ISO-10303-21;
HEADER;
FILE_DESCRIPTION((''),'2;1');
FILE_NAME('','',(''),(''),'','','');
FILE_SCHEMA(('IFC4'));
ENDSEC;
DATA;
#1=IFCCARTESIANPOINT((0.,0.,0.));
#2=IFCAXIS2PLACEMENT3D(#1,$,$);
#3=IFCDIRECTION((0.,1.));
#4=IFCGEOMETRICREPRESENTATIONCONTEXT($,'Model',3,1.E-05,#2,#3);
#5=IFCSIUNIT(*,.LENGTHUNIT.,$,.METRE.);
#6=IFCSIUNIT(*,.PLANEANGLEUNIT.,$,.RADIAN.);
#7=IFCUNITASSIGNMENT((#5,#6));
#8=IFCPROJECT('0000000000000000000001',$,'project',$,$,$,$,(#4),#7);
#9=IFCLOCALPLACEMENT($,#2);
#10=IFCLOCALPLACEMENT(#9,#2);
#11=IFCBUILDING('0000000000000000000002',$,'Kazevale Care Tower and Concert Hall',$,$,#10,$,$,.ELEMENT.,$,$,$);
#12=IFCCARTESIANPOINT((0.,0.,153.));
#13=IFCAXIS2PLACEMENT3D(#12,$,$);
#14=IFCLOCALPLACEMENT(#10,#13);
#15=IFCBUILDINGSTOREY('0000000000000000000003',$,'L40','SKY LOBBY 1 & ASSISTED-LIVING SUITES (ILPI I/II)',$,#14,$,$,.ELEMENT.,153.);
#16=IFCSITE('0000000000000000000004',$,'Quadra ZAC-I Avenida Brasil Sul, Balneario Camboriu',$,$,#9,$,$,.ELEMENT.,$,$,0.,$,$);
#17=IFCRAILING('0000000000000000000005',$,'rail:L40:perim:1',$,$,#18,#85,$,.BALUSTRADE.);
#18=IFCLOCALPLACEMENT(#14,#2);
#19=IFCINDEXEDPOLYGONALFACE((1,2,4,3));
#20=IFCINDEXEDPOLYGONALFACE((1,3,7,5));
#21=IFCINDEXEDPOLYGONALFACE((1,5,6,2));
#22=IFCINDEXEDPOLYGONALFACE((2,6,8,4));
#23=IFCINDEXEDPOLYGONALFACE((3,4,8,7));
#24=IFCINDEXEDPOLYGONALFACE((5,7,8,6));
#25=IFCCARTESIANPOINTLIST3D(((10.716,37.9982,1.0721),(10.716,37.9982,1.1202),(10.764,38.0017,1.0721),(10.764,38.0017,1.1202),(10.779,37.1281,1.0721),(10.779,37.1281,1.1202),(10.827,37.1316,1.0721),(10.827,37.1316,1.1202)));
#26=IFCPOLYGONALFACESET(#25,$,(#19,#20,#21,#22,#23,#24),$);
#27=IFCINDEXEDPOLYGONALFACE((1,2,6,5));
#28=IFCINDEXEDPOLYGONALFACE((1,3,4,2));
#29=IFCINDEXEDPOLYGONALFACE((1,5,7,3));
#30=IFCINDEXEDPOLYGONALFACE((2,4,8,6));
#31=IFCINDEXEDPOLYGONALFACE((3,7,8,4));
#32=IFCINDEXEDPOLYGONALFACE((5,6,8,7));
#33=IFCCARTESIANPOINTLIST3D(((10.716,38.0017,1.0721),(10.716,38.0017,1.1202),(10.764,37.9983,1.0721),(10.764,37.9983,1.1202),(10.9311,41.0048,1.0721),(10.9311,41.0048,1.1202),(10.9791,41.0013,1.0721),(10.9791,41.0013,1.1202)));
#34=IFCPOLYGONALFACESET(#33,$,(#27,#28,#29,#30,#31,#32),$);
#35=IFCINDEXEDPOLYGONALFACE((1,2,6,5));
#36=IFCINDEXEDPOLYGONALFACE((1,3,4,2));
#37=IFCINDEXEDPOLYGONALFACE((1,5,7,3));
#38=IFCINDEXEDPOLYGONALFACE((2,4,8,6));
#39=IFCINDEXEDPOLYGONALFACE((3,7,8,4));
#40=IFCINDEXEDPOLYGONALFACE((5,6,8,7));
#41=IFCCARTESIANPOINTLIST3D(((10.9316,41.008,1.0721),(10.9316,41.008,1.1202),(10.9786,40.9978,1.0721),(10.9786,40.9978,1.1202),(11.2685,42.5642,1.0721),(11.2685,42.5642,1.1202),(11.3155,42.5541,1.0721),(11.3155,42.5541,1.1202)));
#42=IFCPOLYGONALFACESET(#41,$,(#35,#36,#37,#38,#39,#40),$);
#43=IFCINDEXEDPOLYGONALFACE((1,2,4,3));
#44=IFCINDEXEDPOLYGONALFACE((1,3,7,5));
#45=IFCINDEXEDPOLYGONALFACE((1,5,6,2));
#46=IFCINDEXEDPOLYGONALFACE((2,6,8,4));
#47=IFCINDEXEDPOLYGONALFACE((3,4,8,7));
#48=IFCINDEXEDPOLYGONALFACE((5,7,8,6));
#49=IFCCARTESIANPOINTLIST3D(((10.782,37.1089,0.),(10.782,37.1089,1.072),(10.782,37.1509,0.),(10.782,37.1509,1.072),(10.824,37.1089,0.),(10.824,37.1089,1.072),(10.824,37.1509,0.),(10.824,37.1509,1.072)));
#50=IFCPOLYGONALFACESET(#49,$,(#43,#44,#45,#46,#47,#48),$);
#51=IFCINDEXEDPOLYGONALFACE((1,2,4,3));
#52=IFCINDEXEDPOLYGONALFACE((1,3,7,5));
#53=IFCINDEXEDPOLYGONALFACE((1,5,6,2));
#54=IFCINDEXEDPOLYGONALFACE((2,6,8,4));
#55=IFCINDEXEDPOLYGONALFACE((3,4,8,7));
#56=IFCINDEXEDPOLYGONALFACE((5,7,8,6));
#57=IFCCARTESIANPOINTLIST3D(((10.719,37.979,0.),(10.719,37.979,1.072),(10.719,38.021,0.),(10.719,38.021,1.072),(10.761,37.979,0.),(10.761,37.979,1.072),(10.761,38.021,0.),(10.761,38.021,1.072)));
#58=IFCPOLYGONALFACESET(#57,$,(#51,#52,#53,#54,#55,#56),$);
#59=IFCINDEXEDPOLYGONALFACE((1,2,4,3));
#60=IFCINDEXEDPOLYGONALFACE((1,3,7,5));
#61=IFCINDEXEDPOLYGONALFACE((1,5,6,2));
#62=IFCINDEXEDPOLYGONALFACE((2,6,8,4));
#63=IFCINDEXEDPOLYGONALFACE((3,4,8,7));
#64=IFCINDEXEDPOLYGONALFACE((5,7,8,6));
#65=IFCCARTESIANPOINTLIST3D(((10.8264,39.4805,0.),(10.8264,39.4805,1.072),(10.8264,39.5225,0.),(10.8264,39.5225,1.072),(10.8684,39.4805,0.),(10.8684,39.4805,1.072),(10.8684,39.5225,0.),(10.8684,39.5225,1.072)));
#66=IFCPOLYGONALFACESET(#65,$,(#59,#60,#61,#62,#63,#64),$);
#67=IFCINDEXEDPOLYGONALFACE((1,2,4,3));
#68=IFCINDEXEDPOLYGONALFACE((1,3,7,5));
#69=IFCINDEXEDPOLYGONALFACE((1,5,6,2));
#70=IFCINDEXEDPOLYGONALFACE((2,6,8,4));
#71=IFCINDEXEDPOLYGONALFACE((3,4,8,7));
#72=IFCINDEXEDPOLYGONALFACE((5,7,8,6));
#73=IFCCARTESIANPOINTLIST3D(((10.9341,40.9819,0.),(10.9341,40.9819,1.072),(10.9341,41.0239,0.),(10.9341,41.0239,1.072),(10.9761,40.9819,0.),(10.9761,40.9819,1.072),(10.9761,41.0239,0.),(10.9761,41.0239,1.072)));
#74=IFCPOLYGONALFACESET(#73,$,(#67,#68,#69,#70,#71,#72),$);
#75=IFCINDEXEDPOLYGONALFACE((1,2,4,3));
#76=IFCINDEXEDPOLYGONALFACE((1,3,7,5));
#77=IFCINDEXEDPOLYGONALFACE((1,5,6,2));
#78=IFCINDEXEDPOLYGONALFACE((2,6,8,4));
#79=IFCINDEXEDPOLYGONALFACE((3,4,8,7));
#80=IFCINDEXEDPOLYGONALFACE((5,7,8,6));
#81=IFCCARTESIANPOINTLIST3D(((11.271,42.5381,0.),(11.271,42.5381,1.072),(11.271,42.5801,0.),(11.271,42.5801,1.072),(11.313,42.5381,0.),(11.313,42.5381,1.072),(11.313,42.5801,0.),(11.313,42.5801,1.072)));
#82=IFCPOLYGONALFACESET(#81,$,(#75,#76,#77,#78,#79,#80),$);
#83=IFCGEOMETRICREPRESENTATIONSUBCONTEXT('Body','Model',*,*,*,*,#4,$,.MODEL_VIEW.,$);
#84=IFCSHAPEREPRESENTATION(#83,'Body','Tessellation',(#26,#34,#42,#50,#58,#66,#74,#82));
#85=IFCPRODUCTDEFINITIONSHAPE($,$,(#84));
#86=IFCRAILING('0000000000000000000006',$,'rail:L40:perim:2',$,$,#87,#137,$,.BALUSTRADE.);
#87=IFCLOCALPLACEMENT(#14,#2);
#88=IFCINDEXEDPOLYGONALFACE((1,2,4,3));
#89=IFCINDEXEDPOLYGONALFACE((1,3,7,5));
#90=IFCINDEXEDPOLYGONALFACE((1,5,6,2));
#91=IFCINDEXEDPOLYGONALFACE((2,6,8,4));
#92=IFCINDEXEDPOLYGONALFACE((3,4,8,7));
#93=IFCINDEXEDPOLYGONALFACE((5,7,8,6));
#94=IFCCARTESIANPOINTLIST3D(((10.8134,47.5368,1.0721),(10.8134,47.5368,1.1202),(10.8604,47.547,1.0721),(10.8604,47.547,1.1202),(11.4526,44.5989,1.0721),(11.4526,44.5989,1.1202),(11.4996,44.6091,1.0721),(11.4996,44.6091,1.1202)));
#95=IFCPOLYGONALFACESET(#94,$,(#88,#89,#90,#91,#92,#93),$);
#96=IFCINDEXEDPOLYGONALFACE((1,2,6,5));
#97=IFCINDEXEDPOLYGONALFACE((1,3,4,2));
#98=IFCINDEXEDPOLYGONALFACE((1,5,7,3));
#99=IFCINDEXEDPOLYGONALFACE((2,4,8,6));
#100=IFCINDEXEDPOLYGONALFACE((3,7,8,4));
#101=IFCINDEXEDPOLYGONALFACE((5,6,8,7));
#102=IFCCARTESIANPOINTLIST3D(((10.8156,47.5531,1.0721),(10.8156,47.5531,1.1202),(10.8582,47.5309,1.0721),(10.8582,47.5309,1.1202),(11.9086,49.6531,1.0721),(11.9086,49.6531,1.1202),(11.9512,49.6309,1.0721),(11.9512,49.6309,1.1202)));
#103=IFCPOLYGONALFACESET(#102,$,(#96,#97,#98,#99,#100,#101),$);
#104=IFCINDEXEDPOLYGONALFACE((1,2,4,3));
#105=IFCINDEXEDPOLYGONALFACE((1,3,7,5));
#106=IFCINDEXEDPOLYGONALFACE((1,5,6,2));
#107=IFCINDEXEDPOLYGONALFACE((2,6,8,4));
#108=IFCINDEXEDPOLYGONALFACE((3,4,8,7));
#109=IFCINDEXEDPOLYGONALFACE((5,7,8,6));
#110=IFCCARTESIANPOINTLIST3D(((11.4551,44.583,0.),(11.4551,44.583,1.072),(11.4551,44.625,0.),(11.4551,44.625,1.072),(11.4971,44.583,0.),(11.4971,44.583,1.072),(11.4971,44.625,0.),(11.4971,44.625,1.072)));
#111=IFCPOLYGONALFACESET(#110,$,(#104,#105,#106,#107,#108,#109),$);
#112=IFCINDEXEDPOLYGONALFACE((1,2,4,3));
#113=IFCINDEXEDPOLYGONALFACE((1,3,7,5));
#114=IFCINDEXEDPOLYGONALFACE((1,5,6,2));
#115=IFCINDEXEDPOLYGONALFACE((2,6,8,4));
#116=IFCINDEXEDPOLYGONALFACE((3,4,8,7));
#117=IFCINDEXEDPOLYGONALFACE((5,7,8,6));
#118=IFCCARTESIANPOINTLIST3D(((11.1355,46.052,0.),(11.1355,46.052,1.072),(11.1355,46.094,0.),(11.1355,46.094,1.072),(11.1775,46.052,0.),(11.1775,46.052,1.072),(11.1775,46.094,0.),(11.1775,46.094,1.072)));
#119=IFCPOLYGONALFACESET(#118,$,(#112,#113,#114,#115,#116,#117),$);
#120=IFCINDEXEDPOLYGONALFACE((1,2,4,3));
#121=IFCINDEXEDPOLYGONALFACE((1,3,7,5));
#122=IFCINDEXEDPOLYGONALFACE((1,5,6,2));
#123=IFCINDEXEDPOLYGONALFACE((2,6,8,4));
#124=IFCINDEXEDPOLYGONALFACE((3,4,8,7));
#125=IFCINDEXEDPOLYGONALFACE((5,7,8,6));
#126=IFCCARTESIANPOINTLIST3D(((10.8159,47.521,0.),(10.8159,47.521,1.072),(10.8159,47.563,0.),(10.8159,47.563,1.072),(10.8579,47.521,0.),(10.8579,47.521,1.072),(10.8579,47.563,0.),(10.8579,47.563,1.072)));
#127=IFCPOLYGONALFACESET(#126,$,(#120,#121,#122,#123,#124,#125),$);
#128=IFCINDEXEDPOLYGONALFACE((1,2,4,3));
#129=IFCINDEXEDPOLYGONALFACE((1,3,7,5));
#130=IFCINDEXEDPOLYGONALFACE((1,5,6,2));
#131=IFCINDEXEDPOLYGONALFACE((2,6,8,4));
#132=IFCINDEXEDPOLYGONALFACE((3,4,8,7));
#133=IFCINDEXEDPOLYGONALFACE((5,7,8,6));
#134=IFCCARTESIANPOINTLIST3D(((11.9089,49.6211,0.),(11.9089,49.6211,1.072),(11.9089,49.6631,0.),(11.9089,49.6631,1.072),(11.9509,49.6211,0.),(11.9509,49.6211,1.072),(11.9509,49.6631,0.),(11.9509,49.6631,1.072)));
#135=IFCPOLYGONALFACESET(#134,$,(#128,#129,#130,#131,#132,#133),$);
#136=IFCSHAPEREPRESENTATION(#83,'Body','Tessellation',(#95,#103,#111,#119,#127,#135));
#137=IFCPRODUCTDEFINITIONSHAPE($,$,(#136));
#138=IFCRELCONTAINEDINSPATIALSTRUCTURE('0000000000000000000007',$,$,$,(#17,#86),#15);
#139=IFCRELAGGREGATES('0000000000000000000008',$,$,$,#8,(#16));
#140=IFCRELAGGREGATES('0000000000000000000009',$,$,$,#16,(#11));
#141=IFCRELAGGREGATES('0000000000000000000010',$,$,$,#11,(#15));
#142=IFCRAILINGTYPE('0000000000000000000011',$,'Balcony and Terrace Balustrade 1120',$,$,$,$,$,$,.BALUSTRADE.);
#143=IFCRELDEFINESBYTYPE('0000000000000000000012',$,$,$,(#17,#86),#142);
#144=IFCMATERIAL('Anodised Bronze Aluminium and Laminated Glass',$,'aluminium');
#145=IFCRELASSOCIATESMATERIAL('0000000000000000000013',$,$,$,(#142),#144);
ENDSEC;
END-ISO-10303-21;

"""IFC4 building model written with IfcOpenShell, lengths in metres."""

from ifc_helpers import new_model, si_unit, direction, frame, origin, origin_2d, place, context, subcontext, project, spatial, rectangle, extrude, material, type_object, element, save


model = new_model("IFC4")

# Units and contexts
model_context = context("Model", 3, precision=1e-05, world=origin(), true_north=direction((0.0, 1.0)))
body_context = subcontext(model_context, "Body", "Model", "MODEL_VIEW")
ifc_project = project(units=[si_unit("LENGTHUNIT", "METRE"), si_unit("PLANEANGLEUNIT", "RADIAN")], contexts=[model_context])

# Site, building, storey
site_placement = place(None, origin())
site = spatial("IfcSite", under=ifc_project, at=site_placement, Name="Quadra ZAC-I Avenida Brasil Sul, Balneario Camboriu", CompositionType="ELEMENT", RefElevation=0.0)
building_placement = place(site_placement, origin())
building = spatial("IfcBuilding", under=site, at=building_placement, Name="Kazevale Care Tower and Concert Hall", CompositionType="ELEMENT")
storey_placement = place(building_placement, frame((0.0, 0.0, 153.0)))
storey = spatial("IfcBuildingStorey", under=building, at=storey_placement, Name="L40", Description="SKY LOBBY 1 & ASSISTED-LIVING SUITES (ILPI I/II)", CompositionType="ELEMENT", Elevation=153.0)

# Railings
ifc_material_1 = material(Name="Anodised Bronze Aluminium and Laminated Glass", Category="aluminium")
railing_type = type_object("IfcRailingType", Name="Balcony and Terrace Balustrade 1120", PredefinedType="BALUSTRADE", material=ifc_material_1)
railing_1_placement = place(storey_placement, frame((10.803, 37.1299, 0.0)))
element("IfcRailing", 1, at=railing_1_placement, inside=storey, type_object=railing_type, Name="rail:L40:perim:1", PredefinedType="BALUSTRADE", context=body_context, shape_type="SweptSolid", body=[
    extrude(rectangle(XDim=0.0481, YDim=0.0481, at=origin_2d()), frame((0.0, 0.0, 1.0962), z_axis=(-0.072202, 0.99739, 0.0), x_axis=(-0.99739, -0.072202, 0.0)), (0.0, 0.0, 1.0), 0.8723),
    extrude(rectangle(XDim=0.0481, YDim=0.0481, at=origin_2d()), frame((-0.063, 0.8701, 1.0962), z_axis=(0.071443, 0.997445, 0.0), x_axis=(-0.997445, 0.071443, 0.0)), (0.0, 0.0, 1.0), 3.0107),
    extrude(rectangle(XDim=0.0481, YDim=0.0481, at=origin_2d()), frame((0.1521, 3.873, 1.0962), z_axis=(0.211602, 0.977356, 0.0), x_axis=(-0.977356, 0.211602, 0.0)), (0.0, 0.0, 1.0), 1.5923),
    extrude(rectangle(XDim=0.042, YDim=0.042, at=origin_2d()), origin(), (0.0, 0.0, 1.0), 1.072),
    extrude(rectangle(XDim=0.042, YDim=0.042, at=origin_2d()), frame((-0.063, 0.8701, 0.0)), (0.0, 0.0, 1.0), 1.072),
    extrude(rectangle(XDim=0.042, YDim=0.042, at=origin_2d()), frame((0.0444, 2.3716, 0.0)), (0.0, 0.0, 1.0), 1.072),
    extrude(rectangle(XDim=0.042, YDim=0.042, at=origin_2d()), frame((0.1521, 3.873, 0.0)), (0.0, 0.0, 1.0), 1.072),
    extrude(rectangle(XDim=0.042, YDim=0.042, at=origin_2d()), frame((0.489, 5.4292, 0.0)), (0.0, 0.0, 1.0), 1.072),
])
railing_2_placement = place(storey_placement, frame((11.4761, 44.604, 0.0)))
element("IfcRailing", 2, at=railing_2_placement, inside=storey, type_object=railing_type, Name="rail:L40:perim:2", PredefinedType="BALUSTRADE", context=body_context, shape_type="SweptSolid", body=[
    extrude(rectangle(XDim=0.0481, YDim=0.0481, at=origin_2d()), frame((0.0, 0.0, 1.0962), z_axis=(-0.212578, 0.977144, 0.0), x_axis=(-0.977144, -0.212578, 0.0)), (0.0, 0.0, 1.0), 3.0066),
    extrude(rectangle(XDim=0.0481, YDim=0.0481, at=origin_2d()), frame((-0.6392, 2.938, 1.0962), z_axis=(0.461674, 0.88705, 0.0), x_axis=(-0.88705, 0.461674, 0.0)), (0.0, 0.0, 1.0), 2.3674),
    extrude(rectangle(XDim=0.042, YDim=0.042, at=origin_2d()), origin(), (0.0, 0.0, 1.0), 1.072),
    extrude(rectangle(XDim=0.042, YDim=0.042, at=origin_2d()), frame((-0.3196, 1.469, 0.0)), (0.0, 0.0, 1.0), 1.072),
    extrude(rectangle(XDim=0.042, YDim=0.042, at=origin_2d()), frame((-0.6392, 2.938, 0.0)), (0.0, 0.0, 1.0), 1.072),
    extrude(rectangle(XDim=0.042, YDim=0.042, at=origin_2d()), frame((0.4539, 5.0381, 0.0)), (0.0, 0.0, 1.0), 1.072),
])

save(model, "model.ifc")
